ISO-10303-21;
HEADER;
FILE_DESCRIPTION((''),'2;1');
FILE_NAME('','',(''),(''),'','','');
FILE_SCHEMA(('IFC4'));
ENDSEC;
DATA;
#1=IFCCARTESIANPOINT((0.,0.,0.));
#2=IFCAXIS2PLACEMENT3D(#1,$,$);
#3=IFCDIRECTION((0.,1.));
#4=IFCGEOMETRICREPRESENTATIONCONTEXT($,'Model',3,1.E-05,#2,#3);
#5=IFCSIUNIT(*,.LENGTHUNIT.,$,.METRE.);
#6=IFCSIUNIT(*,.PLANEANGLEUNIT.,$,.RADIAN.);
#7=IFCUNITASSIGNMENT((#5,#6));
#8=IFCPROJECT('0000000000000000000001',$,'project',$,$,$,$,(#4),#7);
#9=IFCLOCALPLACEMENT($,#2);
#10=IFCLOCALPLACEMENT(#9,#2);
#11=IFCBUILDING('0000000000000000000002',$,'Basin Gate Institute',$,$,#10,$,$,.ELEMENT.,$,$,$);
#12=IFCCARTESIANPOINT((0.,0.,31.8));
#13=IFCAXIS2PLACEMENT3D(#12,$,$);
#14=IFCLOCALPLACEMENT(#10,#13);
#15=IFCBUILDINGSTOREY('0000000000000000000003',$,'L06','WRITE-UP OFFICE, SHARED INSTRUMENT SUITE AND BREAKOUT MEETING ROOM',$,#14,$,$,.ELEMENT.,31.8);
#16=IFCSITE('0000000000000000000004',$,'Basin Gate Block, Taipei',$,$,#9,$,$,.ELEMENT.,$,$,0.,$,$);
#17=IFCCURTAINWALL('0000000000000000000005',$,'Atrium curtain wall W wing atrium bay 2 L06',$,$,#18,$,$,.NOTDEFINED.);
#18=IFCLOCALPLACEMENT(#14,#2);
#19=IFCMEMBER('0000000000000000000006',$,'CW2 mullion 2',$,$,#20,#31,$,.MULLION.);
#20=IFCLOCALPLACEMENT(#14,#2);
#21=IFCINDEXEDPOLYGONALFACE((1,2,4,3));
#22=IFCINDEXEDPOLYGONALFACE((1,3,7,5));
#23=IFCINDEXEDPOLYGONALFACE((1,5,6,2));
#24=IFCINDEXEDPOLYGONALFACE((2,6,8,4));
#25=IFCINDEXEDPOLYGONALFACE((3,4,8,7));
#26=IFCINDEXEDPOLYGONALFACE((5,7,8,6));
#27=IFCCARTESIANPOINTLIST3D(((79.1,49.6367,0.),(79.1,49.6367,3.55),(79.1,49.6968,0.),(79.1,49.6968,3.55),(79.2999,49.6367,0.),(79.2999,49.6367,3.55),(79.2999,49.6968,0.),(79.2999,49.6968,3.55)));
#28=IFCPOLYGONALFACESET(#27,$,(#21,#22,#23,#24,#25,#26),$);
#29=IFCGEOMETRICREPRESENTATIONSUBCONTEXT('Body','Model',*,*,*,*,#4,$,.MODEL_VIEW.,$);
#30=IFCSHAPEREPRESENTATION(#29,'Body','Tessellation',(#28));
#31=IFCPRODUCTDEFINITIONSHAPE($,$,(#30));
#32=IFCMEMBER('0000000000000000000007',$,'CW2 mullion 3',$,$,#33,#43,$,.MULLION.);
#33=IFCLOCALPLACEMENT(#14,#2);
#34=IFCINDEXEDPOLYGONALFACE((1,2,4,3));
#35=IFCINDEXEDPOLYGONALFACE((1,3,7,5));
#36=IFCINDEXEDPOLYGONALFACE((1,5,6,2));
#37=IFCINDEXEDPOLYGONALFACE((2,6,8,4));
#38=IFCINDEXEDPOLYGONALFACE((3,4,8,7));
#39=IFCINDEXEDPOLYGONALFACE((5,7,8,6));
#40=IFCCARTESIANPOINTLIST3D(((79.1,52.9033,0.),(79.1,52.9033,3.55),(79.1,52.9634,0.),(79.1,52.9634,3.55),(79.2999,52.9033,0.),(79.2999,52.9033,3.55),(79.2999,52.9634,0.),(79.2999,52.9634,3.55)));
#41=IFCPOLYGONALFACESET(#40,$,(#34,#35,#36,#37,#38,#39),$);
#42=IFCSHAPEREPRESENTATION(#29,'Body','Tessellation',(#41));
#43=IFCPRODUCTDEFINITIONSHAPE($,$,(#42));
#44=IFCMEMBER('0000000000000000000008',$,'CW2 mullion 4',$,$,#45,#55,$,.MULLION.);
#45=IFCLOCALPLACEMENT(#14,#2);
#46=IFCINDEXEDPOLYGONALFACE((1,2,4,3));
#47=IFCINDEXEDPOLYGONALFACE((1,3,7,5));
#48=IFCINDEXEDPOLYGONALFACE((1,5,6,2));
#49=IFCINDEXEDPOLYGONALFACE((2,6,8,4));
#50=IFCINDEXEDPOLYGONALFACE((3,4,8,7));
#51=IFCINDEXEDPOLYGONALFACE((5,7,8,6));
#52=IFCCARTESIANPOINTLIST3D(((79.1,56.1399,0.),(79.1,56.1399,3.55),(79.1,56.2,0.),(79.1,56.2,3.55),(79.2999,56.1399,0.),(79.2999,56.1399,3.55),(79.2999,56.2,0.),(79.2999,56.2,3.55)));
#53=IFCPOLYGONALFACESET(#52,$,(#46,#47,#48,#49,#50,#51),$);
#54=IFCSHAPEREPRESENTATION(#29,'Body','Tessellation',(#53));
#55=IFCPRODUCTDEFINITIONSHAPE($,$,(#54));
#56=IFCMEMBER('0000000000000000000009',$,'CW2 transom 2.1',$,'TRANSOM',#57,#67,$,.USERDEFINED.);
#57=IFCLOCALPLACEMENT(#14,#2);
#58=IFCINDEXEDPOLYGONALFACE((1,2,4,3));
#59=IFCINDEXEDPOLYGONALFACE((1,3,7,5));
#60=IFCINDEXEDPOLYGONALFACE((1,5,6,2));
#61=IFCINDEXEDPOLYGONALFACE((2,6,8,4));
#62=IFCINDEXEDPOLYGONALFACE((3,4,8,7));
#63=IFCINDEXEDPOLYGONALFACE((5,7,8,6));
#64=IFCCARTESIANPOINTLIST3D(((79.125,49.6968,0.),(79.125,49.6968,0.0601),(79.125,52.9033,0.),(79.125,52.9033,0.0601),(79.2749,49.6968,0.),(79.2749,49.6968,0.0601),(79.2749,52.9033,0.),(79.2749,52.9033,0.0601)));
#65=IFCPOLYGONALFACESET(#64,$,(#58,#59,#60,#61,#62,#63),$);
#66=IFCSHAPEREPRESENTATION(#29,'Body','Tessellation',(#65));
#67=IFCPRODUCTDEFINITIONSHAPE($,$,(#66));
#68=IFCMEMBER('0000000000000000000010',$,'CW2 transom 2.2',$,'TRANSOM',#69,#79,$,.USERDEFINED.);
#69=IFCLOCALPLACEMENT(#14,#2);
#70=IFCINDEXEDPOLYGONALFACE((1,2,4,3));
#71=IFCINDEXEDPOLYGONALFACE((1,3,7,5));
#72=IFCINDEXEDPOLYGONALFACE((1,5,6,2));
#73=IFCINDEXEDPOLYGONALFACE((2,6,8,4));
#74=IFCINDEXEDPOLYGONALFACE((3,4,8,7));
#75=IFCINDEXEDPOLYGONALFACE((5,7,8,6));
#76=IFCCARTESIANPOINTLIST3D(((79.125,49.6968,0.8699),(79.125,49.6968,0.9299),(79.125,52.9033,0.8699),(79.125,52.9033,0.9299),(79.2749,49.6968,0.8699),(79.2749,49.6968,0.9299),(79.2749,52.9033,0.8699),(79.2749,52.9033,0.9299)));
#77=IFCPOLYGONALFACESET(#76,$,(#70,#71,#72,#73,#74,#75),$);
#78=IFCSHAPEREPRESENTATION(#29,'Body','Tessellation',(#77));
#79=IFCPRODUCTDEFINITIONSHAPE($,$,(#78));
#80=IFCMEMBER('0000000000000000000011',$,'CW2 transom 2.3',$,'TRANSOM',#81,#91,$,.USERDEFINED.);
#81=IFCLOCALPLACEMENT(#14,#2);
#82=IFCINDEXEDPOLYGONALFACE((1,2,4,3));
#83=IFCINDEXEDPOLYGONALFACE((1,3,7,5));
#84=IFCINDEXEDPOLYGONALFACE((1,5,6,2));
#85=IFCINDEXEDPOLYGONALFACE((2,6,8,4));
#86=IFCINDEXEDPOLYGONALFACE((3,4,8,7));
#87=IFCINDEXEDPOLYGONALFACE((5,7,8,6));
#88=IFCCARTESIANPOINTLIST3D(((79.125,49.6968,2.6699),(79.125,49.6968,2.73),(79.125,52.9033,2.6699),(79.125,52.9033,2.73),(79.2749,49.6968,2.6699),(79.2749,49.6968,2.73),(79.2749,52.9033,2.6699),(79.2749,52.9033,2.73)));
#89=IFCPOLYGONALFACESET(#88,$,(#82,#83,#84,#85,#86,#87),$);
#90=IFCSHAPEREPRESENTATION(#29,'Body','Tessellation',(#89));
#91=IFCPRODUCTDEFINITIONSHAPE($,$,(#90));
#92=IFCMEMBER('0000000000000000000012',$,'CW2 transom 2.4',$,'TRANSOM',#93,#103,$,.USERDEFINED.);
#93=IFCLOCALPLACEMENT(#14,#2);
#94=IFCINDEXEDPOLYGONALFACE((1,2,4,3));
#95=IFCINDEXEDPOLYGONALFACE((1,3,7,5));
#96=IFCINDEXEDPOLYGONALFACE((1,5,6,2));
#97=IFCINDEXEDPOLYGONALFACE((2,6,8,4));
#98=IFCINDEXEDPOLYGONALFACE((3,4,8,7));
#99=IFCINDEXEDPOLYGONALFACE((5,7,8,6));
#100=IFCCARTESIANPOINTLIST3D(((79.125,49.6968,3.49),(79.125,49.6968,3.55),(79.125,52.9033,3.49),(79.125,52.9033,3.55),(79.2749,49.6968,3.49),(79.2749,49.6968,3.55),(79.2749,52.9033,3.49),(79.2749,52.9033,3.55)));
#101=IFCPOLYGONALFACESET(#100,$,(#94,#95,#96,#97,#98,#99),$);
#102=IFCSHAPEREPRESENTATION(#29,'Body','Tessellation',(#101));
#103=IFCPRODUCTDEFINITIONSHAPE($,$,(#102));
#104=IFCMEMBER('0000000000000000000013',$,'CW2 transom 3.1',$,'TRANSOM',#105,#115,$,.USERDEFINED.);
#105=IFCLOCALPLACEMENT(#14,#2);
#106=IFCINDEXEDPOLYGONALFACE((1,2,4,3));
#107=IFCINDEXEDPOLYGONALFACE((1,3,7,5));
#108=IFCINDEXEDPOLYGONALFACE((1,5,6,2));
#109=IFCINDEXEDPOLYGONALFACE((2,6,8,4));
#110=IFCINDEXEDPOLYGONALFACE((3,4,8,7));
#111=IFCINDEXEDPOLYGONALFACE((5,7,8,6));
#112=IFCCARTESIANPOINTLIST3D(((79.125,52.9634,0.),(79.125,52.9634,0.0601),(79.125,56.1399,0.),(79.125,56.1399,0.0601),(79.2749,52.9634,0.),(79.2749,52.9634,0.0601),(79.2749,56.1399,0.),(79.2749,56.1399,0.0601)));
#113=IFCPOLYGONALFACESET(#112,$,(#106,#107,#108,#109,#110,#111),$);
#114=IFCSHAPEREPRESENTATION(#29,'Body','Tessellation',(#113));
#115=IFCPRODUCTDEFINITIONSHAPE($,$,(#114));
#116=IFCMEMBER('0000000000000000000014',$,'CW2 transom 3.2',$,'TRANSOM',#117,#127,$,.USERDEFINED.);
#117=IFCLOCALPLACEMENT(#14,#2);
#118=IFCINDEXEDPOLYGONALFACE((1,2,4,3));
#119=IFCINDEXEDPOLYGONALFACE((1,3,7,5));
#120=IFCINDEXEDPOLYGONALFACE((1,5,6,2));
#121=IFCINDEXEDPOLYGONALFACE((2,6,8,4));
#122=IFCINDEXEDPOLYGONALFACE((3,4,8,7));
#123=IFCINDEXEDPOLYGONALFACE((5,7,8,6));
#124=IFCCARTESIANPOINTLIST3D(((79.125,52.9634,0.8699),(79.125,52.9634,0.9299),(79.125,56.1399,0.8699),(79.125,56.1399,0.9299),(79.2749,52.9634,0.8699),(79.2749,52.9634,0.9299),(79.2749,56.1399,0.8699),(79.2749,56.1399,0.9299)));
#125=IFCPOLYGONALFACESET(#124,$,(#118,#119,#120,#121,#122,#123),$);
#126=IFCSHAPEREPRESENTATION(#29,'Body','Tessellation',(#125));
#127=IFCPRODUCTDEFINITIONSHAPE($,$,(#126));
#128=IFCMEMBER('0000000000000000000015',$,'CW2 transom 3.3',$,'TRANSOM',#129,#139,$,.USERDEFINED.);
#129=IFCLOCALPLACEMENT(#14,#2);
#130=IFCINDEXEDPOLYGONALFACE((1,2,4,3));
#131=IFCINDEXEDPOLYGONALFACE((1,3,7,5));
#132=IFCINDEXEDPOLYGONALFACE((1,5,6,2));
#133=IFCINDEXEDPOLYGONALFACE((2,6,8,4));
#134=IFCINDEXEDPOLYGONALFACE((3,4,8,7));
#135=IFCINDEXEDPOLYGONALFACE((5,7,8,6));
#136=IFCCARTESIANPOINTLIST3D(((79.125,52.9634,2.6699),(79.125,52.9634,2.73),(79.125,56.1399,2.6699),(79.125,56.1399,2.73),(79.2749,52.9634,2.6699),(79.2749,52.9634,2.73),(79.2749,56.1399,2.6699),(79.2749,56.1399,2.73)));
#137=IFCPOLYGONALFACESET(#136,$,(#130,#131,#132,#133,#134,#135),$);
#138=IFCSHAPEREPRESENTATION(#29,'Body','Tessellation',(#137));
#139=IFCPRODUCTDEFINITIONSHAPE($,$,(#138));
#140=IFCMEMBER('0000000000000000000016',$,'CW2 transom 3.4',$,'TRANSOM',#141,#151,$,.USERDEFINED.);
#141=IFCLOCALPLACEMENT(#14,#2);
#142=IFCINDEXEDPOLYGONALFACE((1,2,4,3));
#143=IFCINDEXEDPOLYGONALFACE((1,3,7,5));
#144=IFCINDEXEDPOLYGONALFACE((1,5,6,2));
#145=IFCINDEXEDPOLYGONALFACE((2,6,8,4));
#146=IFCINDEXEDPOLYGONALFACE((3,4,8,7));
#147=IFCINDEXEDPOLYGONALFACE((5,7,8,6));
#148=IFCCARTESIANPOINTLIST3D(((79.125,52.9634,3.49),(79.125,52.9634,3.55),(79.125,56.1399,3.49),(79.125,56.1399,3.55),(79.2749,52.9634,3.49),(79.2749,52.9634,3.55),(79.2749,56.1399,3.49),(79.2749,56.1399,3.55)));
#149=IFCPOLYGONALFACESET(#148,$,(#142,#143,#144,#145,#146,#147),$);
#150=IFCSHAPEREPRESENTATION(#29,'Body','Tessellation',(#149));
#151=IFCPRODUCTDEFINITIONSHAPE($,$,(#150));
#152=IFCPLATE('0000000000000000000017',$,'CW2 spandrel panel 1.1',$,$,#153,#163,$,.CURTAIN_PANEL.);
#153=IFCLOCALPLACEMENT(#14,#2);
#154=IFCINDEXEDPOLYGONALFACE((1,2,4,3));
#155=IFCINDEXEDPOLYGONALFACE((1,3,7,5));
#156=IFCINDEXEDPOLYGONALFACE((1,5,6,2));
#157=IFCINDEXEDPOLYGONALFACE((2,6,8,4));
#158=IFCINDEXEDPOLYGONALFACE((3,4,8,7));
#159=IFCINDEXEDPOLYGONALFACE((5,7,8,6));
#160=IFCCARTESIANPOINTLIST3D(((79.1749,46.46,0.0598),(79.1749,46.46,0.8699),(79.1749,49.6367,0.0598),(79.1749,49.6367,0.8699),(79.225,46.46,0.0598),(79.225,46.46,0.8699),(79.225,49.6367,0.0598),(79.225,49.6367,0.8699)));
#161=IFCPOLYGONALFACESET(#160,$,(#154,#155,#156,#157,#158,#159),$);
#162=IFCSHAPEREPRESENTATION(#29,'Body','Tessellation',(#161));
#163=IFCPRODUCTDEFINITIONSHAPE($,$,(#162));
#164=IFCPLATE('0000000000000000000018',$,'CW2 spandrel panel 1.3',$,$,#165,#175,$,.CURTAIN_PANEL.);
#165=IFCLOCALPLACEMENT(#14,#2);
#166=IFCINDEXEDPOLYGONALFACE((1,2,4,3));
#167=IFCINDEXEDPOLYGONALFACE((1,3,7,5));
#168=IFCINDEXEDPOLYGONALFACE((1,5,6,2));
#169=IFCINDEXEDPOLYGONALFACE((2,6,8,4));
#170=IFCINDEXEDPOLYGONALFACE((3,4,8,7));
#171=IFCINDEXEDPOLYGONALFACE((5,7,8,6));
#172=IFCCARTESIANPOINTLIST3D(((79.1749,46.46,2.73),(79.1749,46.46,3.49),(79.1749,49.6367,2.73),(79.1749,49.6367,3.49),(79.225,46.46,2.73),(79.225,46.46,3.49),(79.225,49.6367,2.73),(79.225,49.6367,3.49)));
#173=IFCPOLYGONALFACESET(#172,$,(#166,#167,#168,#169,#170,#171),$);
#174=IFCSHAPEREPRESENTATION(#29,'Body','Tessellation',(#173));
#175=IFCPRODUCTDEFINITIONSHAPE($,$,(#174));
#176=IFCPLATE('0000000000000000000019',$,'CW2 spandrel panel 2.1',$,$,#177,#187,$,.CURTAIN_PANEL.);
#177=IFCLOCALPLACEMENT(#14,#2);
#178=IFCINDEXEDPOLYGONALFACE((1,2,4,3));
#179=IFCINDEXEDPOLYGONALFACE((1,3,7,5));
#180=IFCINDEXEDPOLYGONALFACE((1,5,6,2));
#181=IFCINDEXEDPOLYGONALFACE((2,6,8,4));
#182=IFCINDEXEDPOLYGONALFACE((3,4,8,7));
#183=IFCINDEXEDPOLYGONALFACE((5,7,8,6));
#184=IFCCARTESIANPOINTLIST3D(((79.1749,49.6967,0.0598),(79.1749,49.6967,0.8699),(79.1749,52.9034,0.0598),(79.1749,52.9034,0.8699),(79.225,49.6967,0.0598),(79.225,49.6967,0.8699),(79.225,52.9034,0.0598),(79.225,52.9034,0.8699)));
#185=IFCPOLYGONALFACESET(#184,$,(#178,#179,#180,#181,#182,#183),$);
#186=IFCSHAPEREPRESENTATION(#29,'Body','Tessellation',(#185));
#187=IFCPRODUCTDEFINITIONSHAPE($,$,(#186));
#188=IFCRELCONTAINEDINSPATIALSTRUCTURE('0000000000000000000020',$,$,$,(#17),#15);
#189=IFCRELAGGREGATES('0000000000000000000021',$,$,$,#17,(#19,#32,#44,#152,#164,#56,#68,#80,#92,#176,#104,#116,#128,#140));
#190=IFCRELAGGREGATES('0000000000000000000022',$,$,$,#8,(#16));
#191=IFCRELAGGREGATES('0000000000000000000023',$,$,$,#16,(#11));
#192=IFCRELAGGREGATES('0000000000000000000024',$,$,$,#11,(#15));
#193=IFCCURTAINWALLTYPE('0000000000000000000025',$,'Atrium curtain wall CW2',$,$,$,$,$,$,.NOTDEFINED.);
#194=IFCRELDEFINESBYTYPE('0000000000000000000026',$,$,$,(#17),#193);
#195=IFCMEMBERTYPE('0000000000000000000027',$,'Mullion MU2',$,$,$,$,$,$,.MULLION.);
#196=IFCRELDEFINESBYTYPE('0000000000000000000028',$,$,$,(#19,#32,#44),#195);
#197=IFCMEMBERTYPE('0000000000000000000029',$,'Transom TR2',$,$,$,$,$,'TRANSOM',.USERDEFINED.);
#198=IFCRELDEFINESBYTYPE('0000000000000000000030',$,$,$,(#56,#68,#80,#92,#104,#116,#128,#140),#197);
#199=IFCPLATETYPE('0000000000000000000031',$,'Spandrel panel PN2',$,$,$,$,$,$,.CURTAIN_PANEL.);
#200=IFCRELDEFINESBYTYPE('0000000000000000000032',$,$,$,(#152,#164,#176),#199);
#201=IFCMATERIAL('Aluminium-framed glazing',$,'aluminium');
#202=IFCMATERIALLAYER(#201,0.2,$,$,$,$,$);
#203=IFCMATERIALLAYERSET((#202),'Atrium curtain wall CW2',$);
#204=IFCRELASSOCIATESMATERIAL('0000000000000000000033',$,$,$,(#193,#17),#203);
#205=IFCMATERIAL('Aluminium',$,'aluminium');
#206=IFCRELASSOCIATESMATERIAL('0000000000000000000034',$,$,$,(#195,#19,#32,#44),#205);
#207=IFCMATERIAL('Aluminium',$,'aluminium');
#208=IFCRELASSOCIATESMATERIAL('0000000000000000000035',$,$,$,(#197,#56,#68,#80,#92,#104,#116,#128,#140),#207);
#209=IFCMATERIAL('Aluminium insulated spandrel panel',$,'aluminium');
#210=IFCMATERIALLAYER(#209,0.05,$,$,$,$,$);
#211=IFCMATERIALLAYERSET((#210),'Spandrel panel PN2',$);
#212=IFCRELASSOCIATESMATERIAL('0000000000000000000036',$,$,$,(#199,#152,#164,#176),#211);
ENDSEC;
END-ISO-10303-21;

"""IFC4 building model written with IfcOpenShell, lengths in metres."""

from ifc_helpers import new_model, si_unit, direction, frame, origin, origin_2d, place, context, subcontext, project, spatial, rectangle, extrude, material, layer, layer_set, material_profile, profile_set, type_object, element, aggregate, save


model = new_model("IFC4")

# Units and contexts
model_context = context("Model", 3, precision=1e-05, world=origin(), true_north=direction((0.0, 1.0)))
body_context = subcontext(model_context, "Body", "Model", "MODEL_VIEW")
ifc_project = project(units=[si_unit("LENGTHUNIT", "METRE"), si_unit("PLANEANGLEUNIT", "RADIAN")], contexts=[model_context])

# Site, building, storey
site_placement = place(None, origin())
site = spatial("IfcSite", under=ifc_project, at=site_placement, Name="Basin Gate Block, Taipei", CompositionType="ELEMENT", RefElevation=0.0)
building_placement = place(site_placement, origin())
building = spatial("IfcBuilding", under=site, at=building_placement, Name="Basin Gate Institute", CompositionType="ELEMENT")
storey_placement = place(building_placement, frame((0.0, 0.0, 31.8)))
storey = spatial("IfcBuildingStorey", under=building, at=storey_placement, Name="L06", Description="WRITE-UP OFFICE, SHARED INSTRUMENT SUITE AND BREAKOUT MEETING ROOM", CompositionType="ELEMENT", Elevation=31.8)

# Curtain wall, members, plates
ifc_material_1 = material(Name="Aluminium-framed glazing", Category="aluminium")
ifc_layer_1 = layer(ifc_material_1, 0.2)
ifc_layer_set_1 = layer_set([ifc_layer_1], Name="Atrium curtain wall CW2")
curtain_wall_type = type_object("IfcCurtainWallType", Name="Atrium curtain wall CW2", PredefinedType="NOTDEFINED", material=ifc_layer_set_1)
curtain_wall_placement = place(storey_placement, origin())
curtain_wall = element("IfcCurtainWall", 1, at=curtain_wall_placement, inside=storey, type_object=curtain_wall_type, material=ifc_layer_set_1, Name="Atrium curtain wall W wing atrium bay 2 L06", PredefinedType="NOTDEFINED")
ifc_material_2 = material(Name="Aluminium", Category="aluminium")
ifc_material_profile_1 = material_profile(ifc_material_2, rectangle(XDim=0.2, YDim=0.0601, at=origin_2d()), Name="Mullion MU2 200 x 60")
ifc_profile_set_1 = profile_set([ifc_material_profile_1], Name="Aluminium")
member_type_1 = type_object("IfcMemberType", Name="Mullion MU2", PredefinedType="MULLION", material=ifc_profile_set_1)
member_1_placement = place(storey_placement, frame((79.2, 49.6667, 0.0), z_axis=(0.0, 0.0, 1.0), x_axis=(-1.0, 0.0, 0.0)))
member_1 = element("IfcMember", 2, at=member_1_placement, type_object=member_type_1, material=ifc_profile_set_1, Name="CW2 mullion 2", PredefinedType="MULLION", context=body_context, shape_type="SweptSolid", body=[
    extrude(rectangle(XDim=0.2, YDim=0.0601, at=origin_2d()), origin(), (0.0, 0.0, 1.0), 3.55),
])
member_2_placement = place(storey_placement, frame((79.2, 52.9333, 0.0), z_axis=(0.0, 0.0, 1.0), x_axis=(-1.0, 0.0, 0.0)))
member_2 = element("IfcMember", 3, at=member_2_placement, type_object=member_type_1, material=ifc_profile_set_1, Name="CW2 mullion 3", PredefinedType="MULLION", context=body_context, shape_type="SweptSolid", body=[
    extrude(rectangle(XDim=0.2, YDim=0.0601, at=origin_2d()), origin(), (0.0, 0.0, 1.0), 3.55),
])
member_3_placement = place(storey_placement, frame((79.2, 56.1699, 0.0), z_axis=(0.0, 0.0, 1.0), x_axis=(-1.0, 0.0, 0.0)))
member_3 = element("IfcMember", 4, at=member_3_placement, type_object=member_type_1, material=ifc_profile_set_1, Name="CW2 mullion 4", PredefinedType="MULLION", context=body_context, shape_type="SweptSolid", body=[
    extrude(rectangle(XDim=0.2, YDim=0.0601, at=origin_2d()), origin(), (0.0, 0.0, 1.0), 3.55),
])
ifc_material_3 = material(Name="Aluminium", Category="aluminium")
ifc_material_profile_2 = material_profile(ifc_material_3, rectangle(XDim=0.1499, YDim=0.0601, at=origin_2d()), Name="Transom TR2 150 x 60")
ifc_profile_set_2 = profile_set([ifc_material_profile_2], Name="Aluminium")
member_type_2 = type_object("IfcMemberType", Name="Transom TR2", ElementType="TRANSOM", PredefinedType="USERDEFINED", material=ifc_profile_set_2)
member_4_placement = place(storey_placement, frame((79.2, 49.6968, 0.03), z_axis=(0.0, 1.0, 0.0), x_axis=(-1.0, 0.0, 0.0)))
member_4 = element("IfcMember", 5, at=member_4_placement, type_object=member_type_2, material=ifc_profile_set_2, Name="CW2 transom 2.1", ObjectType="TRANSOM", PredefinedType="USERDEFINED", context=body_context, shape_type="SweptSolid", body=[
    extrude(rectangle(XDim=0.1499, YDim=0.0601, at=origin_2d()), origin(), (0.0, 0.0, 1.0), 3.2065),
])
member_5_placement = place(storey_placement, frame((79.2, 49.6968, 0.8999), z_axis=(0.0, 1.0, 0.0), x_axis=(-1.0, 0.0, 0.0)))
member_5 = element("IfcMember", 6, at=member_5_placement, type_object=member_type_2, material=ifc_profile_set_2, Name="CW2 transom 2.2", ObjectType="TRANSOM", PredefinedType="USERDEFINED", context=body_context, shape_type="SweptSolid", body=[
    extrude(rectangle(XDim=0.1499, YDim=0.0601, at=origin_2d()), origin(), (0.0, 0.0, 1.0), 3.2065),
])
member_6_placement = place(storey_placement, frame((79.2, 49.6968, 2.7), z_axis=(0.0, 1.0, 0.0), x_axis=(-1.0, 0.0, 0.0)))
member_6 = element("IfcMember", 7, at=member_6_placement, type_object=member_type_2, material=ifc_profile_set_2, Name="CW2 transom 2.3", ObjectType="TRANSOM", PredefinedType="USERDEFINED", context=body_context, shape_type="SweptSolid", body=[
    extrude(rectangle(XDim=0.1499, YDim=0.0601, at=origin_2d()), origin(), (0.0, 0.0, 1.0), 3.2065),
])
member_7_placement = place(storey_placement, frame((79.2, 49.6968, 3.52), z_axis=(0.0, 1.0, 0.0), x_axis=(-1.0, 0.0, 0.0)))
member_7 = element("IfcMember", 8, at=member_7_placement, type_object=member_type_2, material=ifc_profile_set_2, Name="CW2 transom 2.4", ObjectType="TRANSOM", PredefinedType="USERDEFINED", context=body_context, shape_type="SweptSolid", body=[
    extrude(rectangle(XDim=0.1499, YDim=0.0601, at=origin_2d()), origin(), (0.0, 0.0, 1.0), 3.2065),
])
member_8_placement = place(storey_placement, frame((79.2, 52.9634, 0.03), z_axis=(0.0, 1.0, 0.0), x_axis=(-1.0, 0.0, 0.0)))
member_8 = element("IfcMember", 9, at=member_8_placement, type_object=member_type_2, material=ifc_profile_set_2, Name="CW2 transom 3.1", ObjectType="TRANSOM", PredefinedType="USERDEFINED", context=body_context, shape_type="SweptSolid", body=[
    extrude(rectangle(XDim=0.1499, YDim=0.0601, at=origin_2d()), origin(), (0.0, 0.0, 1.0), 3.1765),
])
member_9_placement = place(storey_placement, frame((79.2, 52.9634, 0.8999), z_axis=(0.0, 1.0, 0.0), x_axis=(-1.0, 0.0, 0.0)))
member_9 = element("IfcMember", 10, at=member_9_placement, type_object=member_type_2, material=ifc_profile_set_2, Name="CW2 transom 3.2", ObjectType="TRANSOM", PredefinedType="USERDEFINED", context=body_context, shape_type="SweptSolid", body=[
    extrude(rectangle(XDim=0.1499, YDim=0.0601, at=origin_2d()), origin(), (0.0, 0.0, 1.0), 3.1765),
])
member_10_placement = place(storey_placement, frame((79.2, 52.9634, 2.7), z_axis=(0.0, 1.0, 0.0), x_axis=(-1.0, 0.0, 0.0)))
member_10 = element("IfcMember", 11, at=member_10_placement, type_object=member_type_2, material=ifc_profile_set_2, Name="CW2 transom 3.3", ObjectType="TRANSOM", PredefinedType="USERDEFINED", context=body_context, shape_type="SweptSolid", body=[
    extrude(rectangle(XDim=0.1499, YDim=0.0601, at=origin_2d()), origin(), (0.0, 0.0, 1.0), 3.1765),
])
member_11_placement = place(storey_placement, frame((79.2, 52.9634, 3.52), z_axis=(0.0, 1.0, 0.0), x_axis=(-1.0, 0.0, 0.0)))
member_11 = element("IfcMember", 12, at=member_11_placement, type_object=member_type_2, material=ifc_profile_set_2, Name="CW2 transom 3.4", ObjectType="TRANSOM", PredefinedType="USERDEFINED", context=body_context, shape_type="SweptSolid", body=[
    extrude(rectangle(XDim=0.1499, YDim=0.0601, at=origin_2d()), origin(), (0.0, 0.0, 1.0), 3.1765),
])
ifc_material_4 = material(Name="Aluminium insulated spandrel panel", Category="aluminium")
ifc_layer_2 = layer(ifc_material_4, 0.05)
ifc_layer_set_2 = layer_set([ifc_layer_2], Name="Spandrel panel PN2")
plate_type_1 = type_object("IfcPlateType", Name="Spandrel panel PN2", PredefinedType="CURTAIN_PANEL", material=ifc_layer_set_2)
plate_1_placement = place(storey_placement, frame((79.2, 48.0483, 0.0598), z_axis=(0.0, 0.0, 1.0), x_axis=(0.0, 1.0, 0.0)))
plate_1 = element("IfcPlate", 13, at=plate_1_placement, type_object=plate_type_1, material=ifc_layer_set_2, Name="CW2 spandrel panel 1.1", PredefinedType="CURTAIN_PANEL", context=body_context, shape_type="SweptSolid", body=[
    extrude(rectangle(XDim=3.1768, YDim=0.05, at=origin_2d()), origin(), (0.0, 0.0, 1.0), 0.8101),
])
plate_2_placement = place(storey_placement, frame((79.2, 48.0483, 2.73), z_axis=(0.0, 0.0, 1.0), x_axis=(0.0, 1.0, 0.0)))
plate_2 = element("IfcPlate", 14, at=plate_2_placement, type_object=plate_type_1, material=ifc_layer_set_2, Name="CW2 spandrel panel 1.3", PredefinedType="CURTAIN_PANEL", context=body_context, shape_type="SweptSolid", body=[
    extrude(rectangle(XDim=3.1768, YDim=0.05, at=origin_2d()), origin(), (0.0, 0.0, 1.0), 0.76),
])
plate_3_placement = place(storey_placement, frame((79.2, 51.3, 0.0598), z_axis=(0.0, 0.0, 1.0), x_axis=(0.0, 1.0, 0.0)))
plate_3 = element("IfcPlate", 15, at=plate_3_placement, type_object=plate_type_1, material=ifc_layer_set_2, Name="CW2 spandrel panel 2.1", PredefinedType="CURTAIN_PANEL", context=body_context, shape_type="SweptSolid", body=[
    extrude(rectangle(XDim=3.2068, YDim=0.05, at=origin_2d()), origin(), (0.0, 0.0, 1.0), 0.8101),
])
aggregate(curtain_wall, [member_1, member_2, member_3, plate_1, plate_2, member_4, member_5, member_6, member_7, plate_3, member_8, member_9, member_10, member_11])

save(model, "model.ifc")
